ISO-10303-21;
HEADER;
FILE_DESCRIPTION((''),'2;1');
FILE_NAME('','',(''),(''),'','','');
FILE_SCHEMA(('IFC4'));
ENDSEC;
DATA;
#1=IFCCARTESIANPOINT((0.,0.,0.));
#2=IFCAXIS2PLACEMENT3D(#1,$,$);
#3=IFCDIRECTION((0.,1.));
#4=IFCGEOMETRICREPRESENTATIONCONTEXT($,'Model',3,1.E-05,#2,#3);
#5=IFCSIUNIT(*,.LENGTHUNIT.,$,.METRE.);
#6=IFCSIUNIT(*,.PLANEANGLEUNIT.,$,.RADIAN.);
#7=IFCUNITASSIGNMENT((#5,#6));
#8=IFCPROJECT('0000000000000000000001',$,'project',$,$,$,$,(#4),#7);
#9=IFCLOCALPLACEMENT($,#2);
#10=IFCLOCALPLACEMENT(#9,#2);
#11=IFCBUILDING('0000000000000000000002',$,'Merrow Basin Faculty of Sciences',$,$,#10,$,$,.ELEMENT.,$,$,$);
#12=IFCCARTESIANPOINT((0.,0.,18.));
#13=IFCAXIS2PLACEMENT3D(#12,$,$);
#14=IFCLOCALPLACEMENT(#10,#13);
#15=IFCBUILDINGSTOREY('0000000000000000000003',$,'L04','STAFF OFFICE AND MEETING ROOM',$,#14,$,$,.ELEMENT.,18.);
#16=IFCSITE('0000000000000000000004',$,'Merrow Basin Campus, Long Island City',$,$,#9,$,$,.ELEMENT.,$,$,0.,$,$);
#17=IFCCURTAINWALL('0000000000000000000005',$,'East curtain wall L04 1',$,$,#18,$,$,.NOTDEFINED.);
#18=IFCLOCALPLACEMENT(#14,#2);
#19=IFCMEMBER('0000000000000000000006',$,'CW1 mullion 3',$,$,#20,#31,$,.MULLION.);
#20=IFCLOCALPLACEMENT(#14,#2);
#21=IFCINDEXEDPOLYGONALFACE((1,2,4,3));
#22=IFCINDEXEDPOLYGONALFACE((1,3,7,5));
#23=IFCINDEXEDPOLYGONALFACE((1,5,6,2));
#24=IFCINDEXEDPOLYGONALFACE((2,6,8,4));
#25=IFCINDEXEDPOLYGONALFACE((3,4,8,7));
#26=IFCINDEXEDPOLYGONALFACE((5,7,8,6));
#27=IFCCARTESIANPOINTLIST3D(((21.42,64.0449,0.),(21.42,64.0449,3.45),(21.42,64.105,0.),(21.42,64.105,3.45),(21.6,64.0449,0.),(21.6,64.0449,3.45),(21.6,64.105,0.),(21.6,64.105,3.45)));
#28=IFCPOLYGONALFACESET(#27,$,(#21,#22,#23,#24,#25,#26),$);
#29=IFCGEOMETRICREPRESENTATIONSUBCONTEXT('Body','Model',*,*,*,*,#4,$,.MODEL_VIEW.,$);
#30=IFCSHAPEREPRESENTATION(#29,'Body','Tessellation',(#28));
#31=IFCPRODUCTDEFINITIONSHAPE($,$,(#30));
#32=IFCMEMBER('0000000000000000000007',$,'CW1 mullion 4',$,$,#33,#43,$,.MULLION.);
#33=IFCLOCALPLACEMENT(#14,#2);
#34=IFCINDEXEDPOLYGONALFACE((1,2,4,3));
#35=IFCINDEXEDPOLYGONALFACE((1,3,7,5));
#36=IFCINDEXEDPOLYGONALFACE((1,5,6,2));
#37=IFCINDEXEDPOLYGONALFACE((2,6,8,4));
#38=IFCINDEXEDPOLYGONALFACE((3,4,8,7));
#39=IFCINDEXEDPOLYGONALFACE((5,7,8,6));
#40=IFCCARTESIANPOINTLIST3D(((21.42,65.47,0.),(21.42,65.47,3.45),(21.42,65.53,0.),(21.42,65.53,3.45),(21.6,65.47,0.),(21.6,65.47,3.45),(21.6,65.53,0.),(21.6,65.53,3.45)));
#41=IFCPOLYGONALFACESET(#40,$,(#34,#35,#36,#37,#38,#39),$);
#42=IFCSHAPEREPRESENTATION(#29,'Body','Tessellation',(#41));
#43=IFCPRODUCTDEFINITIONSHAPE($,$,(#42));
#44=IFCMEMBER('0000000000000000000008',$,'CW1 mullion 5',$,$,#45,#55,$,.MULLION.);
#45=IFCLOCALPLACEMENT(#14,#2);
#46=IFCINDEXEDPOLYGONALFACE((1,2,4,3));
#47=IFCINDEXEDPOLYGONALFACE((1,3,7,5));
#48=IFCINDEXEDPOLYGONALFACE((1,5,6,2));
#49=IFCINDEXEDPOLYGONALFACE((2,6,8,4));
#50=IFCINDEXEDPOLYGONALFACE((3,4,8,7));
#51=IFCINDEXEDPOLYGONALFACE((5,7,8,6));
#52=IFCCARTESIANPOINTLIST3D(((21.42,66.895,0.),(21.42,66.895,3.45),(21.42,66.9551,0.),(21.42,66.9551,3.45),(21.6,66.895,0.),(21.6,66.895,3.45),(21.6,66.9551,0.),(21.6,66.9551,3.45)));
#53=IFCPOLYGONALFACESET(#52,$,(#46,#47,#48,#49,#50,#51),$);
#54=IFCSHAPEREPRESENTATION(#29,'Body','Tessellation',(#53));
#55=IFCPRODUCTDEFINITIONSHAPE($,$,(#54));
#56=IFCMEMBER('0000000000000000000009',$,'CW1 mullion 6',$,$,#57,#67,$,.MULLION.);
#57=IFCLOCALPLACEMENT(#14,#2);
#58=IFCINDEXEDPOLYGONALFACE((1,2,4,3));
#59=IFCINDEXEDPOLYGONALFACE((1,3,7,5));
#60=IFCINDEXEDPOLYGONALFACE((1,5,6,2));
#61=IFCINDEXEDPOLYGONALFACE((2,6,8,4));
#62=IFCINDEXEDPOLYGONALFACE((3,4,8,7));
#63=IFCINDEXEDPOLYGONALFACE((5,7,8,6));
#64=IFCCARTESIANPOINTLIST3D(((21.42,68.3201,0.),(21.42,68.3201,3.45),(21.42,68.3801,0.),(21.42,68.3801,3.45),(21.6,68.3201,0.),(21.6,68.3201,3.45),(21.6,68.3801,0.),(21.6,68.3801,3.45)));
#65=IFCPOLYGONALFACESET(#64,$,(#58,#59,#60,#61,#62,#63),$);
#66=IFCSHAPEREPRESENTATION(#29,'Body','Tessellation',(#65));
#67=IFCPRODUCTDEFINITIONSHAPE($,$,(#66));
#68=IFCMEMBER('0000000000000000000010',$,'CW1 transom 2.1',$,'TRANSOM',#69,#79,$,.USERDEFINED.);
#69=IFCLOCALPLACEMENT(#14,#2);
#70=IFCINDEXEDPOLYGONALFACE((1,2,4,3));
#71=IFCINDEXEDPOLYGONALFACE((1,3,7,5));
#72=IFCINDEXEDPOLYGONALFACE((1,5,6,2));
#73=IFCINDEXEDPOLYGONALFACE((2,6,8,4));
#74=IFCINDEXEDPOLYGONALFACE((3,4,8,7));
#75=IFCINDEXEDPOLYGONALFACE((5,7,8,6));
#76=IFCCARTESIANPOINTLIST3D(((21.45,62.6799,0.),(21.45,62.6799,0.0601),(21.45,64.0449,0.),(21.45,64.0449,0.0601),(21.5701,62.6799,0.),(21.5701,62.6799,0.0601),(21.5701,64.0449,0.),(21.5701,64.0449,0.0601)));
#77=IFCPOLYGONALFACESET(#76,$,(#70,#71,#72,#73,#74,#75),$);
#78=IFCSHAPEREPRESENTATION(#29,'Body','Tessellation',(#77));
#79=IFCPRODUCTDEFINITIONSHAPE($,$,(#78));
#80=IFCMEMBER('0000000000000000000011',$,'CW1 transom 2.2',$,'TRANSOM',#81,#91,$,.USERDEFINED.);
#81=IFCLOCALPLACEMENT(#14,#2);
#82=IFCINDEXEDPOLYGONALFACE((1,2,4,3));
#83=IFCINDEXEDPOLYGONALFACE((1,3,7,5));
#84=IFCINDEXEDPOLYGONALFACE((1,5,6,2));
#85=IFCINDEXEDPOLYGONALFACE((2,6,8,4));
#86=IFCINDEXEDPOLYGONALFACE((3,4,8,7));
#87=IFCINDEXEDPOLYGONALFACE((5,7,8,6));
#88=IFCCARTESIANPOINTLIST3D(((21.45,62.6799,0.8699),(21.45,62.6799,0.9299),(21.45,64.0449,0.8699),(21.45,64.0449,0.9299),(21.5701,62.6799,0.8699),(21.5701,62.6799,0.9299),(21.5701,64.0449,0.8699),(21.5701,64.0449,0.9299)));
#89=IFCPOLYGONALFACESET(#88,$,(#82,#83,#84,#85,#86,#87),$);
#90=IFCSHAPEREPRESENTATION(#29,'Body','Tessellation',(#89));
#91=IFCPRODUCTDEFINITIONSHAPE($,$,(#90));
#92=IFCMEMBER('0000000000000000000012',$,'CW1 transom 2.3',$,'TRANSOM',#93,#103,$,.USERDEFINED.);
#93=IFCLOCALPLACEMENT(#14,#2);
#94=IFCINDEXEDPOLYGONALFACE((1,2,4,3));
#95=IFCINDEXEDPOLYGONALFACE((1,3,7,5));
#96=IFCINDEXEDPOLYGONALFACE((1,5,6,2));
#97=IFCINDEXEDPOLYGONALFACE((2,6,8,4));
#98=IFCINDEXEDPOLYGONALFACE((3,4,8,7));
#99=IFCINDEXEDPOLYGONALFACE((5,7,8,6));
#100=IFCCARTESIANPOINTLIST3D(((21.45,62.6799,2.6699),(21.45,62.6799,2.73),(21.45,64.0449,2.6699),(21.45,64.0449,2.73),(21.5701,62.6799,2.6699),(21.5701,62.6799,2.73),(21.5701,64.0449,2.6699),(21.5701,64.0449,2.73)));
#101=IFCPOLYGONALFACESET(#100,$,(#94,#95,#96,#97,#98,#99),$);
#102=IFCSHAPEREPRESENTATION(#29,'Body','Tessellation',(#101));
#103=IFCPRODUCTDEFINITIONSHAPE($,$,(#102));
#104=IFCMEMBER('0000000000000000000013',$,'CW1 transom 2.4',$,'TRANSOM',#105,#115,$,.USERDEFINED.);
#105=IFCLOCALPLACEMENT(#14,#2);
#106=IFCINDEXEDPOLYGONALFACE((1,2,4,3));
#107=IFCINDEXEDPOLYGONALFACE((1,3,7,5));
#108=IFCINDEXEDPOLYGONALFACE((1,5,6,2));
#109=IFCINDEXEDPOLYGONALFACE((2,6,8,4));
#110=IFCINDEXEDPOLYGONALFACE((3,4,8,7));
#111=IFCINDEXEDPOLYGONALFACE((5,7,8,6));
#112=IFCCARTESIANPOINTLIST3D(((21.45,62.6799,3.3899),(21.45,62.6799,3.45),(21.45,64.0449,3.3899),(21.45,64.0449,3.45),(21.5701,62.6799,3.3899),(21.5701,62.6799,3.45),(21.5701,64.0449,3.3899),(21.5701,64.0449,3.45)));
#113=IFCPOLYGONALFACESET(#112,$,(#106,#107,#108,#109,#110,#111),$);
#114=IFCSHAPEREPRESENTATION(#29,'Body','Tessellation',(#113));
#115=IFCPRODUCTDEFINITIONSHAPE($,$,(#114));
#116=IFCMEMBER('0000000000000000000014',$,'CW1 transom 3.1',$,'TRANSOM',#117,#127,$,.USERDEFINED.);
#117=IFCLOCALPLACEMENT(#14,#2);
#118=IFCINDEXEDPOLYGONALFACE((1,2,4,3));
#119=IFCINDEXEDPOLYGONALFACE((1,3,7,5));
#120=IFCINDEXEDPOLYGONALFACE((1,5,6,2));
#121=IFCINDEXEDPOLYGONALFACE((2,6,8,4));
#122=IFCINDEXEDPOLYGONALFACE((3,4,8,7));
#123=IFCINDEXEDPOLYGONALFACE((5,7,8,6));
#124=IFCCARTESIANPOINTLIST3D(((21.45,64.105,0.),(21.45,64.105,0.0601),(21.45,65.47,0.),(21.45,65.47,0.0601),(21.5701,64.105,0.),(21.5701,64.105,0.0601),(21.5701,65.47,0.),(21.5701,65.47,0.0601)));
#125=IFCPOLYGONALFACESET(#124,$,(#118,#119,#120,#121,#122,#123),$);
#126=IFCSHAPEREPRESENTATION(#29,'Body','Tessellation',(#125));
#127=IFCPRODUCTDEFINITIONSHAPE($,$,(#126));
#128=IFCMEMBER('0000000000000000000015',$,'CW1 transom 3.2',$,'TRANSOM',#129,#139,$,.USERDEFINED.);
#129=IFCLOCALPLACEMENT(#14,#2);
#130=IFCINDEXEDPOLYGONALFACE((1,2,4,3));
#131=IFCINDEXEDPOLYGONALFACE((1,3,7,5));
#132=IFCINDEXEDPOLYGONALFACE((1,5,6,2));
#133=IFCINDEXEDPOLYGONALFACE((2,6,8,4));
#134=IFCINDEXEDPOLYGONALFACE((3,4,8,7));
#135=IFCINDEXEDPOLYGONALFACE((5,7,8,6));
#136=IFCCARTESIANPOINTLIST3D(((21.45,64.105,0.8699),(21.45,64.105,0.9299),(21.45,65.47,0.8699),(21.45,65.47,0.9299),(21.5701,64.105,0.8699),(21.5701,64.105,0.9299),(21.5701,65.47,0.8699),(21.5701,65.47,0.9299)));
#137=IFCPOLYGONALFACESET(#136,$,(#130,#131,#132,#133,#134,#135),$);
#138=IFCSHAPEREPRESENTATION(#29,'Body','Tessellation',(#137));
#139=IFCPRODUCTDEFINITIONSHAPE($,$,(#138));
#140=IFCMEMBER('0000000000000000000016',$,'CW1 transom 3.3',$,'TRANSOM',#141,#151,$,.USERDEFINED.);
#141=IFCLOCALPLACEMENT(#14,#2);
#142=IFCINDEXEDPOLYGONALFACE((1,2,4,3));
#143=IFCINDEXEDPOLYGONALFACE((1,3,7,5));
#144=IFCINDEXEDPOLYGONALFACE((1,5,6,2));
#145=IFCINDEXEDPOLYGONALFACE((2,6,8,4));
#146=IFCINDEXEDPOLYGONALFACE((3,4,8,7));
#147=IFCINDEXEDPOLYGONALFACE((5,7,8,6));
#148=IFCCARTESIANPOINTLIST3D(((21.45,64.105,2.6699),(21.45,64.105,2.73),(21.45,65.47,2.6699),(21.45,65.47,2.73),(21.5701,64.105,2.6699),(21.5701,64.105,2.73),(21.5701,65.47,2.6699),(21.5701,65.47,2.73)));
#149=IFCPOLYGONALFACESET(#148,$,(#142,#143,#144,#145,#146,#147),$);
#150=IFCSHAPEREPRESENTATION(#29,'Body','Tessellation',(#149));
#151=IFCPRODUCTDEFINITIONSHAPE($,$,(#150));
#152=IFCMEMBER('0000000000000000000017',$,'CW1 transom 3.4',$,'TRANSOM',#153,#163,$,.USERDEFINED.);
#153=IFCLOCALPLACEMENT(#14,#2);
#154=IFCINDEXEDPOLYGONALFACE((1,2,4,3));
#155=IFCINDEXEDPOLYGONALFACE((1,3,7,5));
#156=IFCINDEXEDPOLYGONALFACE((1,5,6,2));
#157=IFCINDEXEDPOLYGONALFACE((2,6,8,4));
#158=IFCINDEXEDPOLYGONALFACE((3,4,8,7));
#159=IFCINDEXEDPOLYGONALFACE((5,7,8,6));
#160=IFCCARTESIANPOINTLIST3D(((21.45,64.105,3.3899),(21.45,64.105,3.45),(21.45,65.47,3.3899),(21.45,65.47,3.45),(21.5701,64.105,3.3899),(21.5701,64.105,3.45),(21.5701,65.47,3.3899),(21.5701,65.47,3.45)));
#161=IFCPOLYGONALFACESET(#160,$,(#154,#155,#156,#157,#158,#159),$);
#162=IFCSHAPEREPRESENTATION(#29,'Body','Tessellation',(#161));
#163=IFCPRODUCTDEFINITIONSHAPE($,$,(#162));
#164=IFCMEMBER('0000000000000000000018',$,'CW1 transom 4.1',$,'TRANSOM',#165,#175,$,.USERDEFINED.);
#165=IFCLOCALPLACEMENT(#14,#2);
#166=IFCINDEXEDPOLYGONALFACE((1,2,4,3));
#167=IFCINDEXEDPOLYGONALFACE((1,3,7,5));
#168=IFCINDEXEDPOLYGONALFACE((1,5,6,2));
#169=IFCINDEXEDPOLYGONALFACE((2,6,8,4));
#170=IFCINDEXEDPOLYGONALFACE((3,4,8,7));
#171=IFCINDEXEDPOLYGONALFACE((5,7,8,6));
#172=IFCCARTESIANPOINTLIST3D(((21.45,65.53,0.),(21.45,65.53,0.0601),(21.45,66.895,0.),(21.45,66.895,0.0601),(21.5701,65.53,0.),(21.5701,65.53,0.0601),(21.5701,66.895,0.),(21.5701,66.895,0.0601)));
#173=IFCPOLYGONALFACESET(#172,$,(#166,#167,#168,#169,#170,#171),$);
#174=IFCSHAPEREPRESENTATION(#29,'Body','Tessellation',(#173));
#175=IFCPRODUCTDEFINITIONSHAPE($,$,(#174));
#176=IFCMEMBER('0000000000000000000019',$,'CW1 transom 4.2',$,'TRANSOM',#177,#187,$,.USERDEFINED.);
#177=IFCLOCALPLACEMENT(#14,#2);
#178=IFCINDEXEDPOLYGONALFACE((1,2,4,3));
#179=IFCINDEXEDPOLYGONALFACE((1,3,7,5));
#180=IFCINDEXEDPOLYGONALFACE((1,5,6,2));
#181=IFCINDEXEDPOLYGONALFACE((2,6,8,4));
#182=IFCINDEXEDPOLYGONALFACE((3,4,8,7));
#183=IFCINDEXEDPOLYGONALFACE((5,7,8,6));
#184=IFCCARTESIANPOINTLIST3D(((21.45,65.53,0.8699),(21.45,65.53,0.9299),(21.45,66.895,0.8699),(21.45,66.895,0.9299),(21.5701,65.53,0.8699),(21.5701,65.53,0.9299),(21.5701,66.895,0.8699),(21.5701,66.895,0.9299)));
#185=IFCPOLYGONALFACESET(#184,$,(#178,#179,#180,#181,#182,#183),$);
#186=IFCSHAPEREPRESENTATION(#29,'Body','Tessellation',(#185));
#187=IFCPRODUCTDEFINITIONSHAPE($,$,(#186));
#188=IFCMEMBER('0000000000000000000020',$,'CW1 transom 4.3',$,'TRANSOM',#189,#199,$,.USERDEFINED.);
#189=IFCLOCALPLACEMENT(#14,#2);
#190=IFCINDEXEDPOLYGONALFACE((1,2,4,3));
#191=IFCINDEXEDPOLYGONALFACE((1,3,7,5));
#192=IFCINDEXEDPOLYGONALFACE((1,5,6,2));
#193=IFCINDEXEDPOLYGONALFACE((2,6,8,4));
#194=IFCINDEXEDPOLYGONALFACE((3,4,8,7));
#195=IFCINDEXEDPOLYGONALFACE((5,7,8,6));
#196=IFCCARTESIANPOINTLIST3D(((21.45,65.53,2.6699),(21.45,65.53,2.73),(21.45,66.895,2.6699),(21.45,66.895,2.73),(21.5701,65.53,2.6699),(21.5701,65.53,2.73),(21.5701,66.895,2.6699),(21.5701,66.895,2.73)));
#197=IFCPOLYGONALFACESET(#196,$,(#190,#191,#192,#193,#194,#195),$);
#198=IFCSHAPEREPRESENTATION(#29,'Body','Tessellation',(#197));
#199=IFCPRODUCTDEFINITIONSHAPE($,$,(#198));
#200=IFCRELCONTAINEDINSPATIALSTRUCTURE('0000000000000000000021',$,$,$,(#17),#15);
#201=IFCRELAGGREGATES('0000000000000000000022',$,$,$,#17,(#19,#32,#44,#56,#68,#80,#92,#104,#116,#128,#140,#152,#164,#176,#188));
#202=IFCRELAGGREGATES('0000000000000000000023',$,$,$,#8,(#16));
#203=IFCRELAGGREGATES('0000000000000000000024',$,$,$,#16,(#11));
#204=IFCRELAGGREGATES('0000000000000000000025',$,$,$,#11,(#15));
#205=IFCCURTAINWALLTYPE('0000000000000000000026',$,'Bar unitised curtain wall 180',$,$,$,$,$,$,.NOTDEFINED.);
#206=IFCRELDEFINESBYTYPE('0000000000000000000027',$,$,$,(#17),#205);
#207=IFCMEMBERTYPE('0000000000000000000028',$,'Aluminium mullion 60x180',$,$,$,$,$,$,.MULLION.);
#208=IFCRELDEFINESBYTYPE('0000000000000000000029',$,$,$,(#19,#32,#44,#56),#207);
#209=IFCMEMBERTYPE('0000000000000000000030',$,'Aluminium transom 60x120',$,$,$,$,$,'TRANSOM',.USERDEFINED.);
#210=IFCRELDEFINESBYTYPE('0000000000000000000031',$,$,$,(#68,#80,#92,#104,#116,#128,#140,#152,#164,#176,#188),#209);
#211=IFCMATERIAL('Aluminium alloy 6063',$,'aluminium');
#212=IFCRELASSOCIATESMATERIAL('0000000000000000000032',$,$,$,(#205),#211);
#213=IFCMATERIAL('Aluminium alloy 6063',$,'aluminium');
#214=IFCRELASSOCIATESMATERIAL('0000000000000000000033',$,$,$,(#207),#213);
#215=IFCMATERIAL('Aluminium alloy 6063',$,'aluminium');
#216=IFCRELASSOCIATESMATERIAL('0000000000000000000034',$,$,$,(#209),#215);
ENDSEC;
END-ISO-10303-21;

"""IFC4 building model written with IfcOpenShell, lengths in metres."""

from ifc_helpers import new_model, si_unit, direction, frame, origin, origin_2d, place, context, subcontext, project, spatial, rectangle, extrude, material, material_profile, profile_set, type_object, element, aggregate, save


model = new_model("IFC4")

# Units and contexts
model_context = context("Model", 3, precision=1e-05, world=origin(), true_north=direction((0.0, 1.0)))
body_context = subcontext(model_context, "Body", "Model", "MODEL_VIEW")
ifc_project = project(units=[si_unit("LENGTHUNIT", "METRE"), si_unit("PLANEANGLEUNIT", "RADIAN")], contexts=[model_context])

# Site, building, storey
site_placement = place(None, origin())
site = spatial("IfcSite", under=ifc_project, at=site_placement, Name="Merrow Basin Campus, Long Island City", CompositionType="ELEMENT", RefElevation=0.0)
building_placement = place(site_placement, origin())
building = spatial("IfcBuilding", under=site, at=building_placement, Name="Merrow Basin Faculty of Sciences", CompositionType="ELEMENT")
storey_placement = place(building_placement, frame((0.0, 0.0, 18.0)))
storey = spatial("IfcBuildingStorey", under=building, at=storey_placement, Name="L04", Description="STAFF OFFICE AND MEETING ROOM", CompositionType="ELEMENT", Elevation=18.0)

# Curtain wall, members
ifc_material_1 = material(Name="Aluminium alloy 6063", Category="aluminium")
curtain_wall_type = type_object("IfcCurtainWallType", Name="Bar unitised curtain wall 180", PredefinedType="NOTDEFINED", material=ifc_material_1)
curtain_wall_placement = place(storey_placement, origin())
curtain_wall = element("IfcCurtainWall", 1, at=curtain_wall_placement, inside=storey, type_object=curtain_wall_type, Name="East curtain wall L04 1", PredefinedType="NOTDEFINED")
ifc_material_2 = material(Name="Aluminium alloy 6063", Category="aluminium")
ifc_material_profile_1 = material_profile(ifc_material_2, rectangle(XDim=0.1799, YDim=0.0601, at=origin_2d()))
ifc_profile_set_1 = profile_set([ifc_material_profile_1], Name="Aluminium alloy 6063")
member_type_1 = type_object("IfcMemberType", Name="Aluminium mullion 60x180", PredefinedType="MULLION", material=ifc_profile_set_1)
member_1_placement = place(storey_placement, frame((21.51, 64.075, 0.0), z_axis=(0.0, 0.0, 1.0), x_axis=(-1.0, 0.0, 0.0)))
member_1 = element("IfcMember", 2, at=member_1_placement, type_object=member_type_1, Name="CW1 mullion 3", PredefinedType="MULLION", context=body_context, shape_type="SweptSolid", body=[
    extrude(rectangle(XDim=0.1799, YDim=0.0601, at=origin_2d()), origin(), (0.0, 0.0, 1.0), 3.45),
])
member_2_placement = place(storey_placement, frame((21.51, 65.5, 0.0), z_axis=(0.0, 0.0, 1.0), x_axis=(-1.0, 0.0, 0.0)))
member_2 = element("IfcMember", 3, at=member_2_placement, type_object=member_type_1, Name="CW1 mullion 4", PredefinedType="MULLION", context=body_context, shape_type="SweptSolid", body=[
    extrude(rectangle(XDim=0.1799, YDim=0.0601, at=origin_2d()), origin(), (0.0, 0.0, 1.0), 3.45),
])
member_3_placement = place(storey_placement, frame((21.51, 66.925, 0.0), z_axis=(0.0, 0.0, 1.0), x_axis=(-1.0, 0.0, 0.0)))
member_3 = element("IfcMember", 4, at=member_3_placement, type_object=member_type_1, Name="CW1 mullion 5", PredefinedType="MULLION", context=body_context, shape_type="SweptSolid", body=[
    extrude(rectangle(XDim=0.1799, YDim=0.0601, at=origin_2d()), origin(), (0.0, 0.0, 1.0), 3.45),
])
member_4_placement = place(storey_placement, frame((21.51, 68.3501, 0.0), z_axis=(0.0, 0.0, 1.0), x_axis=(-1.0, 0.0, 0.0)))
member_4 = element("IfcMember", 5, at=member_4_placement, type_object=member_type_1, Name="CW1 mullion 6", PredefinedType="MULLION", context=body_context, shape_type="SweptSolid", body=[
    extrude(rectangle(XDim=0.1799, YDim=0.0601, at=origin_2d()), origin(), (0.0, 0.0, 1.0), 3.45),
])
ifc_material_3 = material(Name="Aluminium alloy 6063", Category="aluminium")
ifc_material_profile_2 = material_profile(ifc_material_3, rectangle(XDim=0.1201, YDim=0.0601, at=origin_2d()))
ifc_profile_set_2 = profile_set([ifc_material_profile_2], Name="Aluminium alloy 6063")
member_type_2 = type_object("IfcMemberType", Name="Aluminium transom 60x120", ElementType="TRANSOM", PredefinedType="USERDEFINED", material=ifc_profile_set_2)
member_5_placement = place(storey_placement, frame((21.51, 62.6799, 0.03), z_axis=(0.0, 1.0, 0.0), x_axis=(-1.0, 0.0, 0.0)))
member_5 = element("IfcMember", 6, at=member_5_placement, type_object=member_type_2, Name="CW1 transom 2.1", ObjectType="TRANSOM", PredefinedType="USERDEFINED", context=body_context, shape_type="SweptSolid", body=[
    extrude(rectangle(XDim=0.1201, YDim=0.0601, at=origin_2d()), origin(), (0.0, 0.0, 1.0), 1.365),
])
member_6_placement = place(storey_placement, frame((21.51, 62.6799, 0.8999), z_axis=(0.0, 1.0, 0.0), x_axis=(-1.0, 0.0, 0.0)))
member_6 = element("IfcMember", 7, at=member_6_placement, type_object=member_type_2, Name="CW1 transom 2.2", ObjectType="TRANSOM", PredefinedType="USERDEFINED", context=body_context, shape_type="SweptSolid", body=[
    extrude(rectangle(XDim=0.1201, YDim=0.0601, at=origin_2d()), origin(), (0.0, 0.0, 1.0), 1.365),
])
member_7_placement = place(storey_placement, frame((21.51, 62.6799, 2.7), z_axis=(0.0, 1.0, 0.0), x_axis=(-1.0, 0.0, 0.0)))
member_7 = element("IfcMember", 8, at=member_7_placement, type_object=member_type_2, Name="CW1 transom 2.3", ObjectType="TRANSOM", PredefinedType="USERDEFINED", context=body_context, shape_type="SweptSolid", body=[
    extrude(rectangle(XDim=0.1201, YDim=0.0601, at=origin_2d()), origin(), (0.0, 0.0, 1.0), 1.365),
])
member_8_placement = place(storey_placement, frame((21.51, 62.6799, 3.4199), z_axis=(0.0, 1.0, 0.0), x_axis=(-1.0, 0.0, 0.0)))
member_8 = element("IfcMember", 9, at=member_8_placement, type_object=member_type_2, Name="CW1 transom 2.4", ObjectType="TRANSOM", PredefinedType="USERDEFINED", context=body_context, shape_type="SweptSolid", body=[
    extrude(rectangle(XDim=0.1201, YDim=0.0601, at=origin_2d()), origin(), (0.0, 0.0, 1.0), 1.365),
])
member_9_placement = place(storey_placement, frame((21.51, 64.105, 0.03), z_axis=(0.0, 1.0, 0.0), x_axis=(-1.0, 0.0, 0.0)))
member_9 = element("IfcMember", 10, at=member_9_placement, type_object=member_type_2, Name="CW1 transom 3.1", ObjectType="TRANSOM", PredefinedType="USERDEFINED", context=body_context, shape_type="SweptSolid", body=[
    extrude(rectangle(XDim=0.1201, YDim=0.0601, at=origin_2d()), origin(), (0.0, 0.0, 1.0), 1.365),
])
member_10_placement = place(storey_placement, frame((21.51, 64.105, 0.8999), z_axis=(0.0, 1.0, 0.0), x_axis=(-1.0, 0.0, 0.0)))
member_10 = element("IfcMember", 11, at=member_10_placement, type_object=member_type_2, Name="CW1 transom 3.2", ObjectType="TRANSOM", PredefinedType="USERDEFINED", context=body_context, shape_type="SweptSolid", body=[
    extrude(rectangle(XDim=0.1201, YDim=0.0601, at=origin_2d()), origin(), (0.0, 0.0, 1.0), 1.365),
])
member_11_placement = place(storey_placement, frame((21.51, 64.105, 2.7), z_axis=(0.0, 1.0, 0.0), x_axis=(-1.0, 0.0, 0.0)))
member_11 = element("IfcMember", 12, at=member_11_placement, type_object=member_type_2, Name="CW1 transom 3.3", ObjectType="TRANSOM", PredefinedType="USERDEFINED", context=body_context, shape_type="SweptSolid", body=[
    extrude(rectangle(XDim=0.1201, YDim=0.0601, at=origin_2d()), origin(), (0.0, 0.0, 1.0), 1.365),
])
member_12_placement = place(storey_placement, frame((21.51, 64.105, 3.4199), z_axis=(0.0, 1.0, 0.0), x_axis=(-1.0, 0.0, 0.0)))
member_12 = element("IfcMember", 13, at=member_12_placement, type_object=member_type_2, Name="CW1 transom 3.4", ObjectType="TRANSOM", PredefinedType="USERDEFINED", context=body_context, shape_type="SweptSolid", body=[
    extrude(rectangle(XDim=0.1201, YDim=0.0601, at=origin_2d()), origin(), (0.0, 0.0, 1.0), 1.365),
])
member_13_placement = place(storey_placement, frame((21.51, 65.53, 0.03), z_axis=(0.0, 1.0, 0.0), x_axis=(-1.0, 0.0, 0.0)))
member_13 = element("IfcMember", 14, at=member_13_placement, type_object=member_type_2, Name="CW1 transom 4.1", ObjectType="TRANSOM", PredefinedType="USERDEFINED", context=body_context, shape_type="SweptSolid", body=[
    extrude(rectangle(XDim=0.1201, YDim=0.0601, at=origin_2d()), origin(), (0.0, 0.0, 1.0), 1.365),
])
member_14_placement = place(storey_placement, frame((21.51, 65.53, 0.8999), z_axis=(0.0, 1.0, 0.0), x_axis=(-1.0, 0.0, 0.0)))
member_14 = element("IfcMember", 15, at=member_14_placement, type_object=member_type_2, Name="CW1 transom 4.2", ObjectType="TRANSOM", PredefinedType="USERDEFINED", context=body_context, shape_type="SweptSolid", body=[
    extrude(rectangle(XDim=0.1201, YDim=0.0601, at=origin_2d()), origin(), (0.0, 0.0, 1.0), 1.365),
])
member_15_placement = place(storey_placement, frame((21.51, 65.53, 2.7), z_axis=(0.0, 1.0, 0.0), x_axis=(-1.0, 0.0, 0.0)))
member_15 = element("IfcMember", 16, at=member_15_placement, type_object=member_type_2, Name="CW1 transom 4.3", ObjectType="TRANSOM", PredefinedType="USERDEFINED", context=body_context, shape_type="SweptSolid", body=[
    extrude(rectangle(XDim=0.1201, YDim=0.0601, at=origin_2d()), origin(), (0.0, 0.0, 1.0), 1.365),
])
aggregate(curtain_wall, [member_1, member_2, member_3, member_4, member_5, member_6, member_7, member_8, member_9, member_10, member_11, member_12, member_13, member_14, member_15])

save(model, "model.ifc")
